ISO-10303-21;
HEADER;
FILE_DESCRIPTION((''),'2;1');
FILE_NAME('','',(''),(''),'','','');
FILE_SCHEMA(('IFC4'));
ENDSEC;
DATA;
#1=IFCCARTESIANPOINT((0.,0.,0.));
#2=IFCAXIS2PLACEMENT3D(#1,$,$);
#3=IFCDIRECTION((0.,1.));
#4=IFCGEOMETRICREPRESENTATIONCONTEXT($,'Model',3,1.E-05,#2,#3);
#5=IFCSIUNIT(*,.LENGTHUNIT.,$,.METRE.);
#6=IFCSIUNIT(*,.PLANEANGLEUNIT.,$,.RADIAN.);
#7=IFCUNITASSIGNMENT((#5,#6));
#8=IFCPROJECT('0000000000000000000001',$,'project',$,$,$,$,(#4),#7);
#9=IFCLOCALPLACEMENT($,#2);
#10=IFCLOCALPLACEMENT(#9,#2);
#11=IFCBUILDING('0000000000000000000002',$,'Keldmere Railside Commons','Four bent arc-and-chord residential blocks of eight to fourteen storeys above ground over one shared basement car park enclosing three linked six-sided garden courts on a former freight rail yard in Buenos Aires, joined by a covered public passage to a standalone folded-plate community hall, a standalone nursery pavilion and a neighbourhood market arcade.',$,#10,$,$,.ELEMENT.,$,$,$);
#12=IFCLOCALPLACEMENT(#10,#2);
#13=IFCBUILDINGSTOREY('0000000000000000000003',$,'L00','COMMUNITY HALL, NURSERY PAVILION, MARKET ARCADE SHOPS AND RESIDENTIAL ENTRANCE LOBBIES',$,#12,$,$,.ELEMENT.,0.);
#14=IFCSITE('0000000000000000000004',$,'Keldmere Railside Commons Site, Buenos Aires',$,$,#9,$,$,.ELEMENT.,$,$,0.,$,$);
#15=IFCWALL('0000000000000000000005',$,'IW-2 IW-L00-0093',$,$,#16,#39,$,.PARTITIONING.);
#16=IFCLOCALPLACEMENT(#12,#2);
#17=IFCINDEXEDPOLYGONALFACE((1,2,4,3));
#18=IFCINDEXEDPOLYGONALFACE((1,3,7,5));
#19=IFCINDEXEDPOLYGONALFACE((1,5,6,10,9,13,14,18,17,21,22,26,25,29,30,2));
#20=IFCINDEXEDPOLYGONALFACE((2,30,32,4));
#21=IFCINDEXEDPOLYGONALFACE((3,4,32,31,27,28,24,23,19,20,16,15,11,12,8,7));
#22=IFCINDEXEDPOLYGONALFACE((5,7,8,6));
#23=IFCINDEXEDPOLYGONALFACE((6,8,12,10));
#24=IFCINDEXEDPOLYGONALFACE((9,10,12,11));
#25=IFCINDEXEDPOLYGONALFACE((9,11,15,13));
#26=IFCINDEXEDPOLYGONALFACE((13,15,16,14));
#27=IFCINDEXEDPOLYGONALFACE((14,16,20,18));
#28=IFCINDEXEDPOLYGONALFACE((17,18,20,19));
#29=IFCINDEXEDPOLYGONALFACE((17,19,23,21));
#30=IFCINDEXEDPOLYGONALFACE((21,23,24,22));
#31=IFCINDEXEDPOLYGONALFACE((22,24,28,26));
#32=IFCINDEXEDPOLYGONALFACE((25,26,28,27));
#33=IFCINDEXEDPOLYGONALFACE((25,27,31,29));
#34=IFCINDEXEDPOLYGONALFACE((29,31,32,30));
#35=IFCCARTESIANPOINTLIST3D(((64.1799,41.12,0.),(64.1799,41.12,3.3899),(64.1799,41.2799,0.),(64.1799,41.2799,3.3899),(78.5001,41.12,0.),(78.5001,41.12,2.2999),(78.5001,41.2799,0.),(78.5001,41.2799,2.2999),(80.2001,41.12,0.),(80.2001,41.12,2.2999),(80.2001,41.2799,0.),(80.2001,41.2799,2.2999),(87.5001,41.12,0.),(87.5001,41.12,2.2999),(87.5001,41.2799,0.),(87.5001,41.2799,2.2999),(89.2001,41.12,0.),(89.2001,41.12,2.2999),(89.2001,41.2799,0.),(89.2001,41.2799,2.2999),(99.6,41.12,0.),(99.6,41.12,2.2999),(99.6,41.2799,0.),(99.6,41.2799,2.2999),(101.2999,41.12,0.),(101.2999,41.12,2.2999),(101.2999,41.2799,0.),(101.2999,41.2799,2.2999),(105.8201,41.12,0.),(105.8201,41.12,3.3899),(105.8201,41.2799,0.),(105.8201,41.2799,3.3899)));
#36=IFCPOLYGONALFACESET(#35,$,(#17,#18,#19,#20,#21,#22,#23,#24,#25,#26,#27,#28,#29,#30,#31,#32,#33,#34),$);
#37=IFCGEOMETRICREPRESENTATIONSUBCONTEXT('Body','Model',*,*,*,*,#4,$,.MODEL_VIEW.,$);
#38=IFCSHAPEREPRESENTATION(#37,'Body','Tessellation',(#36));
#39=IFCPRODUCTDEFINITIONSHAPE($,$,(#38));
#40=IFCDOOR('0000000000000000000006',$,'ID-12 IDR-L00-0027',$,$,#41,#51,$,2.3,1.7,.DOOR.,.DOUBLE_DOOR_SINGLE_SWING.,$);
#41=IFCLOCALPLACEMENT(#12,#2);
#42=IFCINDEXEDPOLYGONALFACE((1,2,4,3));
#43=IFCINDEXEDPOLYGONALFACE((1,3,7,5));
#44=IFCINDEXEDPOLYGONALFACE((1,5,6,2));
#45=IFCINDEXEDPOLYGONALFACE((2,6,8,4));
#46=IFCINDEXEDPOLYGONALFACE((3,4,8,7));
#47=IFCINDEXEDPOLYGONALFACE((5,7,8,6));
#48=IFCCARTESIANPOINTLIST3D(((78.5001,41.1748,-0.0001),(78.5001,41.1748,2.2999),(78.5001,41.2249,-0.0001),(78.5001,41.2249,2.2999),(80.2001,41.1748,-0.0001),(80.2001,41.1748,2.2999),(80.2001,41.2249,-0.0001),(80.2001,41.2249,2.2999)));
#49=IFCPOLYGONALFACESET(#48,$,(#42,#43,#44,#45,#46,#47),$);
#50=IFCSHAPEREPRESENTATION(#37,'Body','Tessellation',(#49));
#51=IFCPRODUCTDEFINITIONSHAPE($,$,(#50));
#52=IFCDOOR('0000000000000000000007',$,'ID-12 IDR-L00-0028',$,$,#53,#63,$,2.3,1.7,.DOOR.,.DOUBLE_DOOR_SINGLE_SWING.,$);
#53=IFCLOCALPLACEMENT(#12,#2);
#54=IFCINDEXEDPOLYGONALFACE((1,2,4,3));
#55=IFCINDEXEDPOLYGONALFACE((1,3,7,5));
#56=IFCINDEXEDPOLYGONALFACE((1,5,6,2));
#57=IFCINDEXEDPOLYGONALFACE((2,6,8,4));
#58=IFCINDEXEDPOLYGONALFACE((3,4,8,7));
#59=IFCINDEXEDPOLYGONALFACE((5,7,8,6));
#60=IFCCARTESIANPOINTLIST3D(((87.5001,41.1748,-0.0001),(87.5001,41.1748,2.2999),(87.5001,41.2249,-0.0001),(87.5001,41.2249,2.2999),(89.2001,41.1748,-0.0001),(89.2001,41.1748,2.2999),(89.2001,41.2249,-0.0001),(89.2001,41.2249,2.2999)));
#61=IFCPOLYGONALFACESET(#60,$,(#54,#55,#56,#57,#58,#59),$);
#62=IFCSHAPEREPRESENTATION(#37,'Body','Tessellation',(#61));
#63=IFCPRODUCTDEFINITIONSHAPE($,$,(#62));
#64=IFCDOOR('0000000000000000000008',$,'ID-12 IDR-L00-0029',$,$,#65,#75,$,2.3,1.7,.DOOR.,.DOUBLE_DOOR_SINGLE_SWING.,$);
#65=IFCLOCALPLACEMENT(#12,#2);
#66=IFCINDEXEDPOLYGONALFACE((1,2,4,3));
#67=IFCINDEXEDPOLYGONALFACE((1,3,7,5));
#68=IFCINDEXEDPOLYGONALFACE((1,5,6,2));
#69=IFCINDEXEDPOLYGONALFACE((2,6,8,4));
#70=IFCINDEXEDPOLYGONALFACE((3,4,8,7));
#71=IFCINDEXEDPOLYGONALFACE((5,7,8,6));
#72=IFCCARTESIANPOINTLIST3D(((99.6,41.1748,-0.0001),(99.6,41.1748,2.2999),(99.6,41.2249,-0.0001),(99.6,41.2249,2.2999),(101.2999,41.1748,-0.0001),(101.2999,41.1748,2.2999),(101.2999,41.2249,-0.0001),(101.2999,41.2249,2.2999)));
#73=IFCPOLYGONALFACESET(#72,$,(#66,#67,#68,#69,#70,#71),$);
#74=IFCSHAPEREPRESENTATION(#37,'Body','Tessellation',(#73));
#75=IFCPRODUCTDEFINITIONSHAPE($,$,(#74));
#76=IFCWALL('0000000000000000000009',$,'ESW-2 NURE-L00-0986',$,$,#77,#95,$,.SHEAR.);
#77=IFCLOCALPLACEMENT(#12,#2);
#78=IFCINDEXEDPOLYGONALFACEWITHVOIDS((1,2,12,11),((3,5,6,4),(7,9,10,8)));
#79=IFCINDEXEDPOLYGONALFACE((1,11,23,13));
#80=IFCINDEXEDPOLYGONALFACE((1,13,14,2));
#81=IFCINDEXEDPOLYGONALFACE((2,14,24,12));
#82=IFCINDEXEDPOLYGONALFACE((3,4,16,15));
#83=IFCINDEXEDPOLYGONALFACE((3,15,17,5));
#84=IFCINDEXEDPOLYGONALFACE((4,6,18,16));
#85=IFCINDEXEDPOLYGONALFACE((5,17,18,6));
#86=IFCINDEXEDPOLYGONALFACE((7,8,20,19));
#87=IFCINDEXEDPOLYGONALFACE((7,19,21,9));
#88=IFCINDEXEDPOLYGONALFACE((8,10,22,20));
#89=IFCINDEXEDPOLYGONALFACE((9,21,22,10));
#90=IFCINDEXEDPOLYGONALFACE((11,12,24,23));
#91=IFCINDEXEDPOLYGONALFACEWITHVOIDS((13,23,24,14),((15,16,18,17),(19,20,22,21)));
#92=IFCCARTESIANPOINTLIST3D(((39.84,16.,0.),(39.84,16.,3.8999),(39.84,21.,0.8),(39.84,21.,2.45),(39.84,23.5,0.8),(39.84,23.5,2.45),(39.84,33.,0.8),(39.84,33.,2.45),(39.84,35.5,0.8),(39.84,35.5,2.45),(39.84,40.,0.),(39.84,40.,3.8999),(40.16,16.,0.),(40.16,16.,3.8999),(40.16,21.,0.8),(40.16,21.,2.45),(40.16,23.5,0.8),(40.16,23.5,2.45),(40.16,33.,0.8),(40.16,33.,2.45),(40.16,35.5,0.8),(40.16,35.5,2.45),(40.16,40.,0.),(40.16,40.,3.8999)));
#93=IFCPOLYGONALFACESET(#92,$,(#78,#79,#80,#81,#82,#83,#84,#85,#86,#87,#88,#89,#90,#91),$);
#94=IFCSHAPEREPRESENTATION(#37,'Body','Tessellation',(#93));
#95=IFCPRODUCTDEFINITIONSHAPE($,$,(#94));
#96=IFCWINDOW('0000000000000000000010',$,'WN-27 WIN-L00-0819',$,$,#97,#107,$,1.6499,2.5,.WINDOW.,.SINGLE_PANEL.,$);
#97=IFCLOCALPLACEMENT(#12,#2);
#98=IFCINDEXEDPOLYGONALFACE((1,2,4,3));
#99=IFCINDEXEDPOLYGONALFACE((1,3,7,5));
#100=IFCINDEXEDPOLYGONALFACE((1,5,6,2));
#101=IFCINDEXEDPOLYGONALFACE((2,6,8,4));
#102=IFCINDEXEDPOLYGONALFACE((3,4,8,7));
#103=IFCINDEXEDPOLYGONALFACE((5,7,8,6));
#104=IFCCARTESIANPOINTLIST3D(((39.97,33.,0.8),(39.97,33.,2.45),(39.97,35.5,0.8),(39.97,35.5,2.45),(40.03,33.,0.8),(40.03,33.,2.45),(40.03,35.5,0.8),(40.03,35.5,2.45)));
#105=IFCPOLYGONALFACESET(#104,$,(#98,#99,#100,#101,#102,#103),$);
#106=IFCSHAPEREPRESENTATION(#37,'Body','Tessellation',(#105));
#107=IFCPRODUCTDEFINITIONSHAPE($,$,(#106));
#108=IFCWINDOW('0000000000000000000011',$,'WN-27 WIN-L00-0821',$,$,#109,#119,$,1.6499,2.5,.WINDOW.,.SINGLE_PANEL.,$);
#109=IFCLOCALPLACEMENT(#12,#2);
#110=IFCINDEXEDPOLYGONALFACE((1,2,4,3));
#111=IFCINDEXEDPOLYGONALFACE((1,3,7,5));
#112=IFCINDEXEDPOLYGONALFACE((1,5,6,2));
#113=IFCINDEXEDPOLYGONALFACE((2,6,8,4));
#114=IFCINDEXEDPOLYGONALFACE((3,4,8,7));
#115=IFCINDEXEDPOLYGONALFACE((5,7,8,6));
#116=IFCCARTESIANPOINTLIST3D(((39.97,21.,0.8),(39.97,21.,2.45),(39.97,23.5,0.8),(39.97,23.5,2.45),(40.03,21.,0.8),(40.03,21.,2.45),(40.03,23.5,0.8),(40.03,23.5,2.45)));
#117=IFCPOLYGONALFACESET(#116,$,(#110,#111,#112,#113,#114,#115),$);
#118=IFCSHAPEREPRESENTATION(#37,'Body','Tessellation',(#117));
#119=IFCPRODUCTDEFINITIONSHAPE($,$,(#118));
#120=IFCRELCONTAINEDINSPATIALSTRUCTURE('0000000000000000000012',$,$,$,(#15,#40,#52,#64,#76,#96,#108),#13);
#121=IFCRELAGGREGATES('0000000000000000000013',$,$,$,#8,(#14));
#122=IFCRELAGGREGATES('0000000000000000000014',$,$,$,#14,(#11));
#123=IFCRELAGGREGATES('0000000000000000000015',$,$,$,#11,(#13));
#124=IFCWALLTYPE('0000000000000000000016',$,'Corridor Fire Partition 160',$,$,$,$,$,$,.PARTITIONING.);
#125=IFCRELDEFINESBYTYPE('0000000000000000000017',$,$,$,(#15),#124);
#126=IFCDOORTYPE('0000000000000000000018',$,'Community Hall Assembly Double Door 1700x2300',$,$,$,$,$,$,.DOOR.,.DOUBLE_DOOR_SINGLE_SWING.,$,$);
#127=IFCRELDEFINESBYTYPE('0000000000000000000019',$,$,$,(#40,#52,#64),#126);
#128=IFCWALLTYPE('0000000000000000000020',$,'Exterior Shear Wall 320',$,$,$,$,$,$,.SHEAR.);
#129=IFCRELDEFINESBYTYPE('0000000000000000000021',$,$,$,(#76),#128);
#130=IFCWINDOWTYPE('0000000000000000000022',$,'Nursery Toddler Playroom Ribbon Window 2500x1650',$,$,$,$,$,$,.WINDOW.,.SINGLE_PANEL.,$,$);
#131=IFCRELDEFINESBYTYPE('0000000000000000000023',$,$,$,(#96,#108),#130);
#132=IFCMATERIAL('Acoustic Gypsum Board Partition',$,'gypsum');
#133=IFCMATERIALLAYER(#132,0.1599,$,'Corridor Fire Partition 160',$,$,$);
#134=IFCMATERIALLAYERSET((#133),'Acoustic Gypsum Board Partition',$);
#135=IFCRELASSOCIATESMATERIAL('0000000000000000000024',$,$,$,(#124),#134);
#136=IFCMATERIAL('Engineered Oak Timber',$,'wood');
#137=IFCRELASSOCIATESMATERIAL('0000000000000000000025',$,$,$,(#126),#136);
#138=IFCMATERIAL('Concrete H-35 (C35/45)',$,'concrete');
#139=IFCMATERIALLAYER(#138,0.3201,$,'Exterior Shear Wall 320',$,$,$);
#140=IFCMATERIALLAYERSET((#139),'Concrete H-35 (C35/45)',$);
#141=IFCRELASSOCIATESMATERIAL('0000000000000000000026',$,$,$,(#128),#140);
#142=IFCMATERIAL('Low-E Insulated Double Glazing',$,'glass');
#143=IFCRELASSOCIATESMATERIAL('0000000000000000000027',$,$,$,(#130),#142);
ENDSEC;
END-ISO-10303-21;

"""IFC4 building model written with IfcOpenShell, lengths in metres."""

from ifc_helpers import new_model, si_unit, direction, frame, frame_2d, origin, place, context, subcontext, project, spatial, rectangle, extrude, material, layer, layer_set, type_object, element, fill, save


model = new_model("IFC4")

# Units and contexts
model_context = context("Model", 3, precision=1e-05, world=origin(), true_north=direction((0.0, 1.0)))
body_context = subcontext(model_context, "Body", "Model", "MODEL_VIEW")
ifc_project = project(units=[si_unit("LENGTHUNIT", "METRE"), si_unit("PLANEANGLEUNIT", "RADIAN")], contexts=[model_context])

# Site, building, storey
site_placement = place(None, origin())
site = spatial("IfcSite", under=ifc_project, at=site_placement, Name="Keldmere Railside Commons Site, Buenos Aires", CompositionType="ELEMENT", RefElevation=0.0)
building_placement = place(site_placement, origin())
building = spatial("IfcBuilding", under=site, at=building_placement, Name="Keldmere Railside Commons", Description="Four bent arc-and-chord residential blocks of eight to fourteen storeys above ground over one shared basement car park enclosing three linked six-sided garden courts on a former freight rail yard in Buenos Aires, joined by a covered public passage to a standalone folded-plate community hall, a standalone nursery pavilion and a neighbourhood market arcade.", CompositionType="ELEMENT")
storey_placement = place(building_placement, origin())
storey = spatial("IfcBuildingStorey", under=building, at=storey_placement, Name="L00", Description="COMMUNITY HALL, NURSERY PAVILION, MARKET ARCADE SHOPS AND RESIDENTIAL ENTRANCE LOBBIES", CompositionType="ELEMENT", Elevation=0.0)

# Shared definitions
ifc_material_1 = material(Name="Concrete H-35 (C35/45)", Category="concrete")

# Shared definitions
ifc_material_2 = material(Name="Low-E Insulated Double Glazing", Category="glass")

# Wall, openings, doors
ifc_material_3 = material(Name="Acoustic Gypsum Board Partition", Category="gypsum")
ifc_layer_1 = layer(ifc_material_3, 0.1599, Name="Corridor Fire Partition 160")
ifc_layer_set_1 = layer_set([ifc_layer_1], Name="Acoustic Gypsum Board Partition")
wall_type_1 = type_object("IfcWallType", Name="Corridor Fire Partition 160", PredefinedType="PARTITIONING", material=ifc_layer_set_1)
wall_1_placement = place(storey_placement, frame((64.1799, 41.2, 0.0), z_axis=(0.0, 0.0, 1.0), x_axis=(1.0, 0.0, 0.0)))
wall_1 = element("IfcWall", 1, at=wall_1_placement, inside=storey, type_object=wall_type_1, Name="IW-2 IW-L00-0093", PredefinedType="PARTITIONING", context=body_context, shape_type="SweptSolid", body=[
    extrude(rectangle(XDim=41.6401, YDim=0.1599, at=frame_2d((20.8201, 0.0))), origin(), (0.0, 0.0, 1.0), 3.3899),
])
opening_1_placement = place(wall_1_placement, frame((14.3201, 0.0, 0.0)))
opening_1 = element("IfcOpeningElement", 2, at=opening_1_placement, cuts=wall_1, PredefinedType="OPENING", context=body_context, shape_type="SweptSolid", body=[
    extrude(rectangle(XDim=1.7, YDim=2.3, at=frame_2d((0.8501, 1.1499))), frame((0.0, 0.0898, 0.0), z_axis=(0.0, -1.0, 0.0), x_axis=(1.0, 0.0, 0.0)), (0.0, 0.0, 1.0), 0.1799),
])
opening_2_placement = place(wall_1_placement, frame((23.3201, 0.0, 0.0)))
opening_2 = element("IfcOpeningElement", 3, at=opening_2_placement, cuts=wall_1, PredefinedType="OPENING", context=body_context, shape_type="SweptSolid", body=[
    extrude(rectangle(XDim=1.7, YDim=2.3, at=frame_2d((0.8501, 1.1499))), frame((0.0, 0.0898, 0.0), z_axis=(0.0, -1.0, 0.0), x_axis=(1.0, 0.0, 0.0)), (0.0, 0.0, 1.0), 0.1799),
])
opening_3_placement = place(wall_1_placement, frame((35.4199, 0.0, 0.0)))
opening_3 = element("IfcOpeningElement", 4, at=opening_3_placement, cuts=wall_1, PredefinedType="OPENING", context=body_context, shape_type="SweptSolid", body=[
    extrude(rectangle(XDim=1.7, YDim=2.3, at=frame_2d((0.8501, 1.1499))), frame((0.0, 0.0898, 0.0), z_axis=(0.0, -1.0, 0.0), x_axis=(1.0, 0.0, 0.0)), (0.0, 0.0, 1.0), 0.1799),
])
ifc_material_4 = material(Name="Engineered Oak Timber", Category="wood")
door_type_1 = type_object("IfcDoorType", Name="Community Hall Assembly Double Door 1700x2300", OperationType="DOUBLE_DOOR_SINGLE_SWING", PredefinedType="DOOR", material=ifc_material_4)
door_1_placement = place(opening_1_placement, origin())
door_1 = element("IfcDoor", 5, at=door_1_placement, inside=storey, type_object=door_type_1, Name="ID-12 IDR-L00-0027", OperationType="DOUBLE_DOOR_SINGLE_SWING", OverallHeight=2.3, OverallWidth=1.7, PredefinedType="DOOR", context=body_context, shape_type="SweptSolid", body=[
    extrude(rectangle(XDim=1.7, YDim=2.3, at=frame_2d((0.8501, 1.1499))), frame((0.0, 0.0249, 0.0), z_axis=(0.0, -1.0, 0.0), x_axis=(1.0, 0.0, 0.0)), (0.0, 0.0, 1.0), 0.05),
])
fill(opening_1, door_1)
door_2_placement = place(opening_2_placement, origin())
door_2 = element("IfcDoor", 6, at=door_2_placement, inside=storey, type_object=door_type_1, Name="ID-12 IDR-L00-0028", OperationType="DOUBLE_DOOR_SINGLE_SWING", OverallHeight=2.3, OverallWidth=1.7, PredefinedType="DOOR", context=body_context, shape_type="SweptSolid", body=[
    extrude(rectangle(XDim=1.7, YDim=2.3, at=frame_2d((0.8501, 1.1499))), frame((0.0, 0.0249, 0.0), z_axis=(0.0, -1.0, 0.0), x_axis=(1.0, 0.0, 0.0)), (0.0, 0.0, 1.0), 0.05),
])
fill(opening_2, door_2)
door_3_placement = place(opening_3_placement, origin())
door_3 = element("IfcDoor", 7, at=door_3_placement, inside=storey, type_object=door_type_1, Name="ID-12 IDR-L00-0029", OperationType="DOUBLE_DOOR_SINGLE_SWING", OverallHeight=2.3, OverallWidth=1.7, PredefinedType="DOOR", context=body_context, shape_type="SweptSolid", body=[
    extrude(rectangle(XDim=1.7, YDim=2.3, at=frame_2d((0.8501, 1.1499))), frame((0.0, 0.0249, 0.0), z_axis=(0.0, -1.0, 0.0), x_axis=(1.0, 0.0, 0.0)), (0.0, 0.0, 1.0), 0.05),
])
fill(opening_3, door_3)

# Wall, openings, windows
ifc_layer_2 = layer(ifc_material_1, 0.3201, Name="Exterior Shear Wall 320")
ifc_layer_set_2 = layer_set([ifc_layer_2], Name="Concrete H-35 (C35/45)")
wall_type_2 = type_object("IfcWallType", Name="Exterior Shear Wall 320", PredefinedType="SHEAR", material=ifc_layer_set_2)
wall_2_placement = place(storey_placement, frame((40.0, 40.0, 0.0), z_axis=(0.0, 0.0, 1.0), x_axis=(0.0, -1.0, 0.0)))
wall_2 = element("IfcWall", 8, at=wall_2_placement, inside=storey, type_object=wall_type_2, Name="ESW-2 NURE-L00-0986", PredefinedType="SHEAR", context=body_context, shape_type="SweptSolid", body=[
    extrude(rectangle(XDim=24.0, YDim=0.3201, at=frame_2d((12.0, 0.0))), origin(), (0.0, 0.0, 1.0), 3.8999),
])
opening_4_placement = place(wall_2_placement, frame((4.5, 0.0, 0.8)))
opening_4 = element("IfcOpeningElement", 9, at=opening_4_placement, cuts=wall_2, PredefinedType="OPENING", context=body_context, shape_type="SweptSolid", body=[
    extrude(rectangle(XDim=2.5, YDim=1.6499, at=frame_2d((1.25, 0.825))), frame((0.0, 0.1699, 0.0), z_axis=(0.0, -1.0, 0.0), x_axis=(1.0, 0.0, 0.0)), (0.0, 0.0, 1.0), 0.3401),
])
opening_5_placement = place(wall_2_placement, frame((16.5, 0.0, 0.8)))
opening_5 = element("IfcOpeningElement", 10, at=opening_5_placement, cuts=wall_2, PredefinedType="OPENING", context=body_context, shape_type="SweptSolid", body=[
    extrude(rectangle(XDim=2.5, YDim=1.6499, at=frame_2d((1.25, 0.825))), frame((0.0, 0.1699, 0.0), z_axis=(0.0, -1.0, 0.0), x_axis=(1.0, 0.0, 0.0)), (0.0, 0.0, 1.0), 0.3401),
])
window_type_1 = type_object("IfcWindowType", Name="Nursery Toddler Playroom Ribbon Window 2500x1650", PartitioningType="SINGLE_PANEL", PredefinedType="WINDOW", material=ifc_material_2)
window_1_placement = place(opening_4_placement, origin())
window_1 = element("IfcWindow", 11, at=window_1_placement, inside=storey, type_object=window_type_1, Name="WN-27 WIN-L00-0819", OverallHeight=1.6499, OverallWidth=2.5, PartitioningType="SINGLE_PANEL", PredefinedType="WINDOW", context=body_context, shape_type="SweptSolid", body=[
    extrude(rectangle(XDim=2.5, YDim=1.6499, at=frame_2d((1.25, 0.825))), frame((0.0, 0.03, 0.0), z_axis=(0.0, -1.0, 0.0), x_axis=(1.0, 0.0, 0.0)), (0.0, 0.0, 1.0), 0.0601),
])
fill(opening_4, window_1)
window_2_placement = place(opening_5_placement, origin())
window_2 = element("IfcWindow", 12, at=window_2_placement, inside=storey, type_object=window_type_1, Name="WN-27 WIN-L00-0821", OverallHeight=1.6499, OverallWidth=2.5, PartitioningType="SINGLE_PANEL", PredefinedType="WINDOW", context=body_context, shape_type="SweptSolid", body=[
    extrude(rectangle(XDim=2.5, YDim=1.6499, at=frame_2d((1.25, 0.825))), frame((0.0, 0.03, 0.0), z_axis=(0.0, -1.0, 0.0), x_axis=(1.0, 0.0, 0.0)), (0.0, 0.0, 1.0), 0.0601),
])
fill(opening_5, window_2)

save(model, "model.ifc")
